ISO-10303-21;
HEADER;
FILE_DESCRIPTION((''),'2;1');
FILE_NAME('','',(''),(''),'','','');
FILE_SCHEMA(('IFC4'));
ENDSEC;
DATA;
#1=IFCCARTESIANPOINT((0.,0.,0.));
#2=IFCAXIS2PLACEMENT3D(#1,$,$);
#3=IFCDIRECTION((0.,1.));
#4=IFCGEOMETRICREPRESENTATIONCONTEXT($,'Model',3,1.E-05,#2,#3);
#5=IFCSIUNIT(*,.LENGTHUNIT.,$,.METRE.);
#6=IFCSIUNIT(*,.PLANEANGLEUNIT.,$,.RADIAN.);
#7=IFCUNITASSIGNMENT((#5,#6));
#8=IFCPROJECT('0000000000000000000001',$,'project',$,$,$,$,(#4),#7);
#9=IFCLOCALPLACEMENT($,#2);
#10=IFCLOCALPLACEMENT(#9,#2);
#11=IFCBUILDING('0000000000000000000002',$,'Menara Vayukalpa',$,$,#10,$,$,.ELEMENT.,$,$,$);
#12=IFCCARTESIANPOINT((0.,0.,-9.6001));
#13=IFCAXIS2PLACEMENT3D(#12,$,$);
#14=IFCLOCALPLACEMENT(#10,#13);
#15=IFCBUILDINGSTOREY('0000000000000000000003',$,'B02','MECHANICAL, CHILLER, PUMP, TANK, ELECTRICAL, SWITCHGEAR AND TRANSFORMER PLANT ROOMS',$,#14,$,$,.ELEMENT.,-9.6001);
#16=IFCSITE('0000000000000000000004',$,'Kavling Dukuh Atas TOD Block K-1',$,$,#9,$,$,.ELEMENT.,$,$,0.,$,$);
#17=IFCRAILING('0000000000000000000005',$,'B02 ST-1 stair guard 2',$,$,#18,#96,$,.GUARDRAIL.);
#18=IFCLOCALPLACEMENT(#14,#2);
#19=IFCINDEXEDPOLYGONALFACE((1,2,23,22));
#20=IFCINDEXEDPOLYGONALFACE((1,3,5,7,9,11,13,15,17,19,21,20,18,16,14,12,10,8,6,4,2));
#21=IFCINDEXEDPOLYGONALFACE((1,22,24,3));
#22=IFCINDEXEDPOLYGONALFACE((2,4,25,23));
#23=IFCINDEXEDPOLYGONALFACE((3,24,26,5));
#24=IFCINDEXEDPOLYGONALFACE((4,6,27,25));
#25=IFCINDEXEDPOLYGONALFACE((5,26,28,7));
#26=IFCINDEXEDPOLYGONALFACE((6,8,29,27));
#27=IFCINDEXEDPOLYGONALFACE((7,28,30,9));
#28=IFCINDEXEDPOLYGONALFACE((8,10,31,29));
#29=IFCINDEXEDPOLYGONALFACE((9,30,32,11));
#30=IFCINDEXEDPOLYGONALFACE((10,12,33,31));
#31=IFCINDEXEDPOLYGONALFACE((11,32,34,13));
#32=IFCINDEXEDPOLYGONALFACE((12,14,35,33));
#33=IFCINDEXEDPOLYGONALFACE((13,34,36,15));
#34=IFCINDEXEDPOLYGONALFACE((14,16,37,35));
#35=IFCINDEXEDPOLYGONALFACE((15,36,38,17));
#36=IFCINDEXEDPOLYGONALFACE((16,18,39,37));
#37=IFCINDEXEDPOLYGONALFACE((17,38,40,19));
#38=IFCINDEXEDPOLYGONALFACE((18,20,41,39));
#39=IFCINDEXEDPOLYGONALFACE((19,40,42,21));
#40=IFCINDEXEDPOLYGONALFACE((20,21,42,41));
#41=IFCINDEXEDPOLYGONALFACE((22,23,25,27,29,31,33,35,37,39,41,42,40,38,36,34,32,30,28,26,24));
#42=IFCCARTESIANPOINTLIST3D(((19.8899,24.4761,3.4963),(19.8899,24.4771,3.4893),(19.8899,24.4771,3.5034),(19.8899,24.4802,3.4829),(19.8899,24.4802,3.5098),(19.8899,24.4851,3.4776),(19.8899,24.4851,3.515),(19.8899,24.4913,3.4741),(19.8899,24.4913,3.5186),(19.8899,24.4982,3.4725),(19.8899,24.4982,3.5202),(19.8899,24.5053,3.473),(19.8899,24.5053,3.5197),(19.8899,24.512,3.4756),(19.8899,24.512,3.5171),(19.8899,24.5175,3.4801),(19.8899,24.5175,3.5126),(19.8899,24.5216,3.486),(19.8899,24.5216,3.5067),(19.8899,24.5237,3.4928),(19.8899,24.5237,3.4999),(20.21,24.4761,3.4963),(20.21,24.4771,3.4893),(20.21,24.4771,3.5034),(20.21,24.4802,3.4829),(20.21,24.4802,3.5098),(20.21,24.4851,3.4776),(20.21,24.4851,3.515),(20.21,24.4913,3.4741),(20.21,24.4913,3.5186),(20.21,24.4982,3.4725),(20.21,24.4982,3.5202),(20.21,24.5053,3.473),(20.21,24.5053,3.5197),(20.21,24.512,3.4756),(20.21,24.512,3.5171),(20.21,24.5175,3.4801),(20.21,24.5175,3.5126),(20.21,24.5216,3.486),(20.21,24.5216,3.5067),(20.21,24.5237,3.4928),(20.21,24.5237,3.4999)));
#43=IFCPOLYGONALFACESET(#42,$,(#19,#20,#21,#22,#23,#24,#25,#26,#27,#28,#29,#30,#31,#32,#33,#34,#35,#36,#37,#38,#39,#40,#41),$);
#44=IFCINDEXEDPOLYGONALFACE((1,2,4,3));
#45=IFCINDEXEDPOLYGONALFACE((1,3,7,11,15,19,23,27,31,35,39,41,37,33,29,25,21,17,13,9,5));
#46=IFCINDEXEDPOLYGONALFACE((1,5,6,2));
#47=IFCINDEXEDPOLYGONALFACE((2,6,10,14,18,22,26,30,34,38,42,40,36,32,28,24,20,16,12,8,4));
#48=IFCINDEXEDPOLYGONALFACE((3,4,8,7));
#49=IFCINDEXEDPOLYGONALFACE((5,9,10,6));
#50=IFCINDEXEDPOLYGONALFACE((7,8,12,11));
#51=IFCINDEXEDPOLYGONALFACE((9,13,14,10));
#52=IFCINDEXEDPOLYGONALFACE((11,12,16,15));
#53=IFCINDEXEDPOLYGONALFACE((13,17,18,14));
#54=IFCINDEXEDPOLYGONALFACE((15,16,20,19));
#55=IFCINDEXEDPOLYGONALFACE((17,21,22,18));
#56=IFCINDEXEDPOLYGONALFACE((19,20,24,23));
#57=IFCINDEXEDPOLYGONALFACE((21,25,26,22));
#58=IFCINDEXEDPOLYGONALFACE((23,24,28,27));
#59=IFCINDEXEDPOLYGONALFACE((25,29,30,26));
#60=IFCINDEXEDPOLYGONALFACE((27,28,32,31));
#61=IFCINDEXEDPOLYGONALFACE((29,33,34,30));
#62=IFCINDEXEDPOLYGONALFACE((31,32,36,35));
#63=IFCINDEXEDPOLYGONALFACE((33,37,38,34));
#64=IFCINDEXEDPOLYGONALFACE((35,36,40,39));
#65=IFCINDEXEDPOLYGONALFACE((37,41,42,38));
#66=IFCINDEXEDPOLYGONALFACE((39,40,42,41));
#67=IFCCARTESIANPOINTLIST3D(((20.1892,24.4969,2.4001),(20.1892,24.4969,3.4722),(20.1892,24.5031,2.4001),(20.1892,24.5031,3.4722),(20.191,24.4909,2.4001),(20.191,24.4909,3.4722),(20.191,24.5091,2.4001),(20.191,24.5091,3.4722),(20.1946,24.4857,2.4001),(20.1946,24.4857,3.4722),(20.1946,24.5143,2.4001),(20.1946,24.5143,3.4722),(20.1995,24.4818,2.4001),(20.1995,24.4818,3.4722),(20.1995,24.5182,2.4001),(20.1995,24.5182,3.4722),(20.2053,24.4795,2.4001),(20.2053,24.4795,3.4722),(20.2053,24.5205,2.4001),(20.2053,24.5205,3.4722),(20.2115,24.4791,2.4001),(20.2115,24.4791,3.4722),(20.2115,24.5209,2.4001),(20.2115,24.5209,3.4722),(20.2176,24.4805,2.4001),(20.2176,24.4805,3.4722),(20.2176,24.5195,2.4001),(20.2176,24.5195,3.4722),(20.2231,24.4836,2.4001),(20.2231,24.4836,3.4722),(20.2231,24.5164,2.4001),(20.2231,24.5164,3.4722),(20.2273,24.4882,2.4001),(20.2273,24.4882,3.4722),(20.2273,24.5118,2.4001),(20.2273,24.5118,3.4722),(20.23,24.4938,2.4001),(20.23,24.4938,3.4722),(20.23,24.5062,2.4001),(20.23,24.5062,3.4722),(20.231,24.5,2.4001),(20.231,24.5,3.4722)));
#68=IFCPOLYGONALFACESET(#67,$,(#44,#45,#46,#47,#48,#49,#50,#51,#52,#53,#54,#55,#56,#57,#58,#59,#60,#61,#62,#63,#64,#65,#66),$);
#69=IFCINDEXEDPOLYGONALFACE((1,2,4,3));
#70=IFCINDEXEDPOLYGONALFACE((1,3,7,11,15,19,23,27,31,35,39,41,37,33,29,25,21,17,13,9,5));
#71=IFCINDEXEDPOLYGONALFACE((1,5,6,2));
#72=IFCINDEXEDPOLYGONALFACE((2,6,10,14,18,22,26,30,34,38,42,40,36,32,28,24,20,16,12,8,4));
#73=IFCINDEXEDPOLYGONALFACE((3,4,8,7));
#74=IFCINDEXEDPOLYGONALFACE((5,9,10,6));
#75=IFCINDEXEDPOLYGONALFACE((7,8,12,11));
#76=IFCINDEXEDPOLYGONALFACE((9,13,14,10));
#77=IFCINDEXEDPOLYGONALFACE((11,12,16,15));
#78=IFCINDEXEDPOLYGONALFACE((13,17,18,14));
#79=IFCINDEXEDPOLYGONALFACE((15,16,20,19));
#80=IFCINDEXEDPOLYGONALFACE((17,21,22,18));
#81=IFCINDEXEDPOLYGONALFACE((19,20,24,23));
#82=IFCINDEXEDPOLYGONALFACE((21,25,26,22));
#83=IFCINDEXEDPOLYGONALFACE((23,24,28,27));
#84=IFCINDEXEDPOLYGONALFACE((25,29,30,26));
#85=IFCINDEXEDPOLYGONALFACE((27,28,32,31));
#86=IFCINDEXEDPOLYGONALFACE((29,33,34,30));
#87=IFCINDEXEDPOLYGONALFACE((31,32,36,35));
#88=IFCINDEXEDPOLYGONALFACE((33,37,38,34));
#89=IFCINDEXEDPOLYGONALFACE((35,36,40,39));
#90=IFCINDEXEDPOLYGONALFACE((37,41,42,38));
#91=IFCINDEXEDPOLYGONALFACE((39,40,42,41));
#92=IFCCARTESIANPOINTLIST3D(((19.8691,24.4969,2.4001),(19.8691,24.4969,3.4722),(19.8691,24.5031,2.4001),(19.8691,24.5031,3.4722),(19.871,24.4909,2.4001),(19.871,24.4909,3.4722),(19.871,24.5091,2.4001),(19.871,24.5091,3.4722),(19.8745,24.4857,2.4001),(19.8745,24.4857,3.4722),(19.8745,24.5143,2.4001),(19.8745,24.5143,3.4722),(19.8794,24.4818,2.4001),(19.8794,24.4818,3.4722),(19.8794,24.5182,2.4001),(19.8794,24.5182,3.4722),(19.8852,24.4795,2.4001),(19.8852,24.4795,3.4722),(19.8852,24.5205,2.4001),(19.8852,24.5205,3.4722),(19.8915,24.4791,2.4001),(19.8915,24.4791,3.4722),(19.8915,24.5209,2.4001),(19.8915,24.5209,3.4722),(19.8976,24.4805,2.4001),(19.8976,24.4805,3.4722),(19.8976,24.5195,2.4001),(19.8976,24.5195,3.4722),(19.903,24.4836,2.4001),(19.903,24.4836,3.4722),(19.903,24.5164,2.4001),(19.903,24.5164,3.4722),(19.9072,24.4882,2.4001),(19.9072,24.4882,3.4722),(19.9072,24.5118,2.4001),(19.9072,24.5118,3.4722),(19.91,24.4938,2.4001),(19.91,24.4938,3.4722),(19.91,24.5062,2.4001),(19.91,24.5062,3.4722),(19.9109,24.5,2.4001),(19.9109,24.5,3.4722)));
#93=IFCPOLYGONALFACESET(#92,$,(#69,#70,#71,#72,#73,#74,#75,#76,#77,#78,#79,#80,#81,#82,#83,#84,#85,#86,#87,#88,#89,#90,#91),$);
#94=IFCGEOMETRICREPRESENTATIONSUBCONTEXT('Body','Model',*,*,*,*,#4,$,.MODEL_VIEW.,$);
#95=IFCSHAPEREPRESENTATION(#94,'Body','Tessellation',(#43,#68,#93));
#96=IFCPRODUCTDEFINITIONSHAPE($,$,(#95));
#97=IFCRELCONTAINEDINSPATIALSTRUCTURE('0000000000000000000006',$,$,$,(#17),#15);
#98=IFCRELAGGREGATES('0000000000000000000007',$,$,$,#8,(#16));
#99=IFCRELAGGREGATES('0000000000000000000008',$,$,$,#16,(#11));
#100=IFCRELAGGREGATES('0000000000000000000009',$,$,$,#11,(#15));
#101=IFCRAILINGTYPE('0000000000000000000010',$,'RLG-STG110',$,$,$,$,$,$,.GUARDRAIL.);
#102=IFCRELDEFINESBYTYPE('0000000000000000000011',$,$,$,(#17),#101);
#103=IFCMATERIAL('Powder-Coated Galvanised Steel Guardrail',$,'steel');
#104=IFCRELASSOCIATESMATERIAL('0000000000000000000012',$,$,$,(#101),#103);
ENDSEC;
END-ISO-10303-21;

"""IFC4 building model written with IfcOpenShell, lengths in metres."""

from ifc_helpers import new_model, si_unit, direction, frame, origin, origin_2d, place, context, subcontext, project, spatial, circle, extrude, material, type_object, element, save


model = new_model("IFC4")

# Units and contexts
model_context = context("Model", 3, precision=1e-05, world=origin(), true_north=direction((0.0, 1.0)))
body_context = subcontext(model_context, "Body", "Model", "MODEL_VIEW")
ifc_project = project(units=[si_unit("LENGTHUNIT", "METRE"), si_unit("PLANEANGLEUNIT", "RADIAN")], contexts=[model_context])

# Site, building, storey
site_placement = place(None, origin())
site = spatial("IfcSite", under=ifc_project, at=site_placement, Name="Kavling Dukuh Atas TOD Block K-1", CompositionType="ELEMENT", RefElevation=0.0)
building_placement = place(site_placement, origin())
building = spatial("IfcBuilding", under=site, at=building_placement, Name="Menara Vayukalpa", CompositionType="ELEMENT")
storey_placement = place(building_placement, frame((0.0, 0.0, -9.6001)))
storey = spatial("IfcBuildingStorey", under=building, at=storey_placement, Name="B02", Description="MECHANICAL, CHILLER, PUMP, TANK, ELECTRICAL, SWITCHGEAR AND TRANSFORMER PLANT ROOMS", CompositionType="ELEMENT", Elevation=-9.6001)

# Railing
ifc_material_1 = material(Name="Powder-Coated Galvanised Steel Guardrail", Category="steel")
railing_type_1 = type_object("IfcRailingType", Name="RLG-STG110", PredefinedType="GUARDRAIL", material=ifc_material_1)
railing_1_placement = place(storey_placement, frame((20.21, 24.5, 2.4001)))
element("IfcRailing", 1, at=railing_1_placement, inside=storey, type_object=railing_type_1, Name="B02 ST-1 stair guard 2", PredefinedType="GUARDRAIL", context=body_context, shape_type="SweptSolid", body=[
    extrude(circle(Radius=0.0239, at=origin_2d()), frame((0.0, 0.0, 1.0962), z_axis=(-1.0, 0.0, 0.0), x_axis=(0.0, -1.0, 0.0)), (0.0, 0.0, 1.0), 0.3201),
    extrude(circle(Radius=0.021, at=origin_2d()), origin(), (0.0, 0.0, 1.0), 1.072),
    extrude(circle(Radius=0.021, at=origin_2d()), frame((-0.3201, 0.0, 0.0)), (0.0, 0.0, 1.0), 1.072),
])

save(model, "model.ifc")
